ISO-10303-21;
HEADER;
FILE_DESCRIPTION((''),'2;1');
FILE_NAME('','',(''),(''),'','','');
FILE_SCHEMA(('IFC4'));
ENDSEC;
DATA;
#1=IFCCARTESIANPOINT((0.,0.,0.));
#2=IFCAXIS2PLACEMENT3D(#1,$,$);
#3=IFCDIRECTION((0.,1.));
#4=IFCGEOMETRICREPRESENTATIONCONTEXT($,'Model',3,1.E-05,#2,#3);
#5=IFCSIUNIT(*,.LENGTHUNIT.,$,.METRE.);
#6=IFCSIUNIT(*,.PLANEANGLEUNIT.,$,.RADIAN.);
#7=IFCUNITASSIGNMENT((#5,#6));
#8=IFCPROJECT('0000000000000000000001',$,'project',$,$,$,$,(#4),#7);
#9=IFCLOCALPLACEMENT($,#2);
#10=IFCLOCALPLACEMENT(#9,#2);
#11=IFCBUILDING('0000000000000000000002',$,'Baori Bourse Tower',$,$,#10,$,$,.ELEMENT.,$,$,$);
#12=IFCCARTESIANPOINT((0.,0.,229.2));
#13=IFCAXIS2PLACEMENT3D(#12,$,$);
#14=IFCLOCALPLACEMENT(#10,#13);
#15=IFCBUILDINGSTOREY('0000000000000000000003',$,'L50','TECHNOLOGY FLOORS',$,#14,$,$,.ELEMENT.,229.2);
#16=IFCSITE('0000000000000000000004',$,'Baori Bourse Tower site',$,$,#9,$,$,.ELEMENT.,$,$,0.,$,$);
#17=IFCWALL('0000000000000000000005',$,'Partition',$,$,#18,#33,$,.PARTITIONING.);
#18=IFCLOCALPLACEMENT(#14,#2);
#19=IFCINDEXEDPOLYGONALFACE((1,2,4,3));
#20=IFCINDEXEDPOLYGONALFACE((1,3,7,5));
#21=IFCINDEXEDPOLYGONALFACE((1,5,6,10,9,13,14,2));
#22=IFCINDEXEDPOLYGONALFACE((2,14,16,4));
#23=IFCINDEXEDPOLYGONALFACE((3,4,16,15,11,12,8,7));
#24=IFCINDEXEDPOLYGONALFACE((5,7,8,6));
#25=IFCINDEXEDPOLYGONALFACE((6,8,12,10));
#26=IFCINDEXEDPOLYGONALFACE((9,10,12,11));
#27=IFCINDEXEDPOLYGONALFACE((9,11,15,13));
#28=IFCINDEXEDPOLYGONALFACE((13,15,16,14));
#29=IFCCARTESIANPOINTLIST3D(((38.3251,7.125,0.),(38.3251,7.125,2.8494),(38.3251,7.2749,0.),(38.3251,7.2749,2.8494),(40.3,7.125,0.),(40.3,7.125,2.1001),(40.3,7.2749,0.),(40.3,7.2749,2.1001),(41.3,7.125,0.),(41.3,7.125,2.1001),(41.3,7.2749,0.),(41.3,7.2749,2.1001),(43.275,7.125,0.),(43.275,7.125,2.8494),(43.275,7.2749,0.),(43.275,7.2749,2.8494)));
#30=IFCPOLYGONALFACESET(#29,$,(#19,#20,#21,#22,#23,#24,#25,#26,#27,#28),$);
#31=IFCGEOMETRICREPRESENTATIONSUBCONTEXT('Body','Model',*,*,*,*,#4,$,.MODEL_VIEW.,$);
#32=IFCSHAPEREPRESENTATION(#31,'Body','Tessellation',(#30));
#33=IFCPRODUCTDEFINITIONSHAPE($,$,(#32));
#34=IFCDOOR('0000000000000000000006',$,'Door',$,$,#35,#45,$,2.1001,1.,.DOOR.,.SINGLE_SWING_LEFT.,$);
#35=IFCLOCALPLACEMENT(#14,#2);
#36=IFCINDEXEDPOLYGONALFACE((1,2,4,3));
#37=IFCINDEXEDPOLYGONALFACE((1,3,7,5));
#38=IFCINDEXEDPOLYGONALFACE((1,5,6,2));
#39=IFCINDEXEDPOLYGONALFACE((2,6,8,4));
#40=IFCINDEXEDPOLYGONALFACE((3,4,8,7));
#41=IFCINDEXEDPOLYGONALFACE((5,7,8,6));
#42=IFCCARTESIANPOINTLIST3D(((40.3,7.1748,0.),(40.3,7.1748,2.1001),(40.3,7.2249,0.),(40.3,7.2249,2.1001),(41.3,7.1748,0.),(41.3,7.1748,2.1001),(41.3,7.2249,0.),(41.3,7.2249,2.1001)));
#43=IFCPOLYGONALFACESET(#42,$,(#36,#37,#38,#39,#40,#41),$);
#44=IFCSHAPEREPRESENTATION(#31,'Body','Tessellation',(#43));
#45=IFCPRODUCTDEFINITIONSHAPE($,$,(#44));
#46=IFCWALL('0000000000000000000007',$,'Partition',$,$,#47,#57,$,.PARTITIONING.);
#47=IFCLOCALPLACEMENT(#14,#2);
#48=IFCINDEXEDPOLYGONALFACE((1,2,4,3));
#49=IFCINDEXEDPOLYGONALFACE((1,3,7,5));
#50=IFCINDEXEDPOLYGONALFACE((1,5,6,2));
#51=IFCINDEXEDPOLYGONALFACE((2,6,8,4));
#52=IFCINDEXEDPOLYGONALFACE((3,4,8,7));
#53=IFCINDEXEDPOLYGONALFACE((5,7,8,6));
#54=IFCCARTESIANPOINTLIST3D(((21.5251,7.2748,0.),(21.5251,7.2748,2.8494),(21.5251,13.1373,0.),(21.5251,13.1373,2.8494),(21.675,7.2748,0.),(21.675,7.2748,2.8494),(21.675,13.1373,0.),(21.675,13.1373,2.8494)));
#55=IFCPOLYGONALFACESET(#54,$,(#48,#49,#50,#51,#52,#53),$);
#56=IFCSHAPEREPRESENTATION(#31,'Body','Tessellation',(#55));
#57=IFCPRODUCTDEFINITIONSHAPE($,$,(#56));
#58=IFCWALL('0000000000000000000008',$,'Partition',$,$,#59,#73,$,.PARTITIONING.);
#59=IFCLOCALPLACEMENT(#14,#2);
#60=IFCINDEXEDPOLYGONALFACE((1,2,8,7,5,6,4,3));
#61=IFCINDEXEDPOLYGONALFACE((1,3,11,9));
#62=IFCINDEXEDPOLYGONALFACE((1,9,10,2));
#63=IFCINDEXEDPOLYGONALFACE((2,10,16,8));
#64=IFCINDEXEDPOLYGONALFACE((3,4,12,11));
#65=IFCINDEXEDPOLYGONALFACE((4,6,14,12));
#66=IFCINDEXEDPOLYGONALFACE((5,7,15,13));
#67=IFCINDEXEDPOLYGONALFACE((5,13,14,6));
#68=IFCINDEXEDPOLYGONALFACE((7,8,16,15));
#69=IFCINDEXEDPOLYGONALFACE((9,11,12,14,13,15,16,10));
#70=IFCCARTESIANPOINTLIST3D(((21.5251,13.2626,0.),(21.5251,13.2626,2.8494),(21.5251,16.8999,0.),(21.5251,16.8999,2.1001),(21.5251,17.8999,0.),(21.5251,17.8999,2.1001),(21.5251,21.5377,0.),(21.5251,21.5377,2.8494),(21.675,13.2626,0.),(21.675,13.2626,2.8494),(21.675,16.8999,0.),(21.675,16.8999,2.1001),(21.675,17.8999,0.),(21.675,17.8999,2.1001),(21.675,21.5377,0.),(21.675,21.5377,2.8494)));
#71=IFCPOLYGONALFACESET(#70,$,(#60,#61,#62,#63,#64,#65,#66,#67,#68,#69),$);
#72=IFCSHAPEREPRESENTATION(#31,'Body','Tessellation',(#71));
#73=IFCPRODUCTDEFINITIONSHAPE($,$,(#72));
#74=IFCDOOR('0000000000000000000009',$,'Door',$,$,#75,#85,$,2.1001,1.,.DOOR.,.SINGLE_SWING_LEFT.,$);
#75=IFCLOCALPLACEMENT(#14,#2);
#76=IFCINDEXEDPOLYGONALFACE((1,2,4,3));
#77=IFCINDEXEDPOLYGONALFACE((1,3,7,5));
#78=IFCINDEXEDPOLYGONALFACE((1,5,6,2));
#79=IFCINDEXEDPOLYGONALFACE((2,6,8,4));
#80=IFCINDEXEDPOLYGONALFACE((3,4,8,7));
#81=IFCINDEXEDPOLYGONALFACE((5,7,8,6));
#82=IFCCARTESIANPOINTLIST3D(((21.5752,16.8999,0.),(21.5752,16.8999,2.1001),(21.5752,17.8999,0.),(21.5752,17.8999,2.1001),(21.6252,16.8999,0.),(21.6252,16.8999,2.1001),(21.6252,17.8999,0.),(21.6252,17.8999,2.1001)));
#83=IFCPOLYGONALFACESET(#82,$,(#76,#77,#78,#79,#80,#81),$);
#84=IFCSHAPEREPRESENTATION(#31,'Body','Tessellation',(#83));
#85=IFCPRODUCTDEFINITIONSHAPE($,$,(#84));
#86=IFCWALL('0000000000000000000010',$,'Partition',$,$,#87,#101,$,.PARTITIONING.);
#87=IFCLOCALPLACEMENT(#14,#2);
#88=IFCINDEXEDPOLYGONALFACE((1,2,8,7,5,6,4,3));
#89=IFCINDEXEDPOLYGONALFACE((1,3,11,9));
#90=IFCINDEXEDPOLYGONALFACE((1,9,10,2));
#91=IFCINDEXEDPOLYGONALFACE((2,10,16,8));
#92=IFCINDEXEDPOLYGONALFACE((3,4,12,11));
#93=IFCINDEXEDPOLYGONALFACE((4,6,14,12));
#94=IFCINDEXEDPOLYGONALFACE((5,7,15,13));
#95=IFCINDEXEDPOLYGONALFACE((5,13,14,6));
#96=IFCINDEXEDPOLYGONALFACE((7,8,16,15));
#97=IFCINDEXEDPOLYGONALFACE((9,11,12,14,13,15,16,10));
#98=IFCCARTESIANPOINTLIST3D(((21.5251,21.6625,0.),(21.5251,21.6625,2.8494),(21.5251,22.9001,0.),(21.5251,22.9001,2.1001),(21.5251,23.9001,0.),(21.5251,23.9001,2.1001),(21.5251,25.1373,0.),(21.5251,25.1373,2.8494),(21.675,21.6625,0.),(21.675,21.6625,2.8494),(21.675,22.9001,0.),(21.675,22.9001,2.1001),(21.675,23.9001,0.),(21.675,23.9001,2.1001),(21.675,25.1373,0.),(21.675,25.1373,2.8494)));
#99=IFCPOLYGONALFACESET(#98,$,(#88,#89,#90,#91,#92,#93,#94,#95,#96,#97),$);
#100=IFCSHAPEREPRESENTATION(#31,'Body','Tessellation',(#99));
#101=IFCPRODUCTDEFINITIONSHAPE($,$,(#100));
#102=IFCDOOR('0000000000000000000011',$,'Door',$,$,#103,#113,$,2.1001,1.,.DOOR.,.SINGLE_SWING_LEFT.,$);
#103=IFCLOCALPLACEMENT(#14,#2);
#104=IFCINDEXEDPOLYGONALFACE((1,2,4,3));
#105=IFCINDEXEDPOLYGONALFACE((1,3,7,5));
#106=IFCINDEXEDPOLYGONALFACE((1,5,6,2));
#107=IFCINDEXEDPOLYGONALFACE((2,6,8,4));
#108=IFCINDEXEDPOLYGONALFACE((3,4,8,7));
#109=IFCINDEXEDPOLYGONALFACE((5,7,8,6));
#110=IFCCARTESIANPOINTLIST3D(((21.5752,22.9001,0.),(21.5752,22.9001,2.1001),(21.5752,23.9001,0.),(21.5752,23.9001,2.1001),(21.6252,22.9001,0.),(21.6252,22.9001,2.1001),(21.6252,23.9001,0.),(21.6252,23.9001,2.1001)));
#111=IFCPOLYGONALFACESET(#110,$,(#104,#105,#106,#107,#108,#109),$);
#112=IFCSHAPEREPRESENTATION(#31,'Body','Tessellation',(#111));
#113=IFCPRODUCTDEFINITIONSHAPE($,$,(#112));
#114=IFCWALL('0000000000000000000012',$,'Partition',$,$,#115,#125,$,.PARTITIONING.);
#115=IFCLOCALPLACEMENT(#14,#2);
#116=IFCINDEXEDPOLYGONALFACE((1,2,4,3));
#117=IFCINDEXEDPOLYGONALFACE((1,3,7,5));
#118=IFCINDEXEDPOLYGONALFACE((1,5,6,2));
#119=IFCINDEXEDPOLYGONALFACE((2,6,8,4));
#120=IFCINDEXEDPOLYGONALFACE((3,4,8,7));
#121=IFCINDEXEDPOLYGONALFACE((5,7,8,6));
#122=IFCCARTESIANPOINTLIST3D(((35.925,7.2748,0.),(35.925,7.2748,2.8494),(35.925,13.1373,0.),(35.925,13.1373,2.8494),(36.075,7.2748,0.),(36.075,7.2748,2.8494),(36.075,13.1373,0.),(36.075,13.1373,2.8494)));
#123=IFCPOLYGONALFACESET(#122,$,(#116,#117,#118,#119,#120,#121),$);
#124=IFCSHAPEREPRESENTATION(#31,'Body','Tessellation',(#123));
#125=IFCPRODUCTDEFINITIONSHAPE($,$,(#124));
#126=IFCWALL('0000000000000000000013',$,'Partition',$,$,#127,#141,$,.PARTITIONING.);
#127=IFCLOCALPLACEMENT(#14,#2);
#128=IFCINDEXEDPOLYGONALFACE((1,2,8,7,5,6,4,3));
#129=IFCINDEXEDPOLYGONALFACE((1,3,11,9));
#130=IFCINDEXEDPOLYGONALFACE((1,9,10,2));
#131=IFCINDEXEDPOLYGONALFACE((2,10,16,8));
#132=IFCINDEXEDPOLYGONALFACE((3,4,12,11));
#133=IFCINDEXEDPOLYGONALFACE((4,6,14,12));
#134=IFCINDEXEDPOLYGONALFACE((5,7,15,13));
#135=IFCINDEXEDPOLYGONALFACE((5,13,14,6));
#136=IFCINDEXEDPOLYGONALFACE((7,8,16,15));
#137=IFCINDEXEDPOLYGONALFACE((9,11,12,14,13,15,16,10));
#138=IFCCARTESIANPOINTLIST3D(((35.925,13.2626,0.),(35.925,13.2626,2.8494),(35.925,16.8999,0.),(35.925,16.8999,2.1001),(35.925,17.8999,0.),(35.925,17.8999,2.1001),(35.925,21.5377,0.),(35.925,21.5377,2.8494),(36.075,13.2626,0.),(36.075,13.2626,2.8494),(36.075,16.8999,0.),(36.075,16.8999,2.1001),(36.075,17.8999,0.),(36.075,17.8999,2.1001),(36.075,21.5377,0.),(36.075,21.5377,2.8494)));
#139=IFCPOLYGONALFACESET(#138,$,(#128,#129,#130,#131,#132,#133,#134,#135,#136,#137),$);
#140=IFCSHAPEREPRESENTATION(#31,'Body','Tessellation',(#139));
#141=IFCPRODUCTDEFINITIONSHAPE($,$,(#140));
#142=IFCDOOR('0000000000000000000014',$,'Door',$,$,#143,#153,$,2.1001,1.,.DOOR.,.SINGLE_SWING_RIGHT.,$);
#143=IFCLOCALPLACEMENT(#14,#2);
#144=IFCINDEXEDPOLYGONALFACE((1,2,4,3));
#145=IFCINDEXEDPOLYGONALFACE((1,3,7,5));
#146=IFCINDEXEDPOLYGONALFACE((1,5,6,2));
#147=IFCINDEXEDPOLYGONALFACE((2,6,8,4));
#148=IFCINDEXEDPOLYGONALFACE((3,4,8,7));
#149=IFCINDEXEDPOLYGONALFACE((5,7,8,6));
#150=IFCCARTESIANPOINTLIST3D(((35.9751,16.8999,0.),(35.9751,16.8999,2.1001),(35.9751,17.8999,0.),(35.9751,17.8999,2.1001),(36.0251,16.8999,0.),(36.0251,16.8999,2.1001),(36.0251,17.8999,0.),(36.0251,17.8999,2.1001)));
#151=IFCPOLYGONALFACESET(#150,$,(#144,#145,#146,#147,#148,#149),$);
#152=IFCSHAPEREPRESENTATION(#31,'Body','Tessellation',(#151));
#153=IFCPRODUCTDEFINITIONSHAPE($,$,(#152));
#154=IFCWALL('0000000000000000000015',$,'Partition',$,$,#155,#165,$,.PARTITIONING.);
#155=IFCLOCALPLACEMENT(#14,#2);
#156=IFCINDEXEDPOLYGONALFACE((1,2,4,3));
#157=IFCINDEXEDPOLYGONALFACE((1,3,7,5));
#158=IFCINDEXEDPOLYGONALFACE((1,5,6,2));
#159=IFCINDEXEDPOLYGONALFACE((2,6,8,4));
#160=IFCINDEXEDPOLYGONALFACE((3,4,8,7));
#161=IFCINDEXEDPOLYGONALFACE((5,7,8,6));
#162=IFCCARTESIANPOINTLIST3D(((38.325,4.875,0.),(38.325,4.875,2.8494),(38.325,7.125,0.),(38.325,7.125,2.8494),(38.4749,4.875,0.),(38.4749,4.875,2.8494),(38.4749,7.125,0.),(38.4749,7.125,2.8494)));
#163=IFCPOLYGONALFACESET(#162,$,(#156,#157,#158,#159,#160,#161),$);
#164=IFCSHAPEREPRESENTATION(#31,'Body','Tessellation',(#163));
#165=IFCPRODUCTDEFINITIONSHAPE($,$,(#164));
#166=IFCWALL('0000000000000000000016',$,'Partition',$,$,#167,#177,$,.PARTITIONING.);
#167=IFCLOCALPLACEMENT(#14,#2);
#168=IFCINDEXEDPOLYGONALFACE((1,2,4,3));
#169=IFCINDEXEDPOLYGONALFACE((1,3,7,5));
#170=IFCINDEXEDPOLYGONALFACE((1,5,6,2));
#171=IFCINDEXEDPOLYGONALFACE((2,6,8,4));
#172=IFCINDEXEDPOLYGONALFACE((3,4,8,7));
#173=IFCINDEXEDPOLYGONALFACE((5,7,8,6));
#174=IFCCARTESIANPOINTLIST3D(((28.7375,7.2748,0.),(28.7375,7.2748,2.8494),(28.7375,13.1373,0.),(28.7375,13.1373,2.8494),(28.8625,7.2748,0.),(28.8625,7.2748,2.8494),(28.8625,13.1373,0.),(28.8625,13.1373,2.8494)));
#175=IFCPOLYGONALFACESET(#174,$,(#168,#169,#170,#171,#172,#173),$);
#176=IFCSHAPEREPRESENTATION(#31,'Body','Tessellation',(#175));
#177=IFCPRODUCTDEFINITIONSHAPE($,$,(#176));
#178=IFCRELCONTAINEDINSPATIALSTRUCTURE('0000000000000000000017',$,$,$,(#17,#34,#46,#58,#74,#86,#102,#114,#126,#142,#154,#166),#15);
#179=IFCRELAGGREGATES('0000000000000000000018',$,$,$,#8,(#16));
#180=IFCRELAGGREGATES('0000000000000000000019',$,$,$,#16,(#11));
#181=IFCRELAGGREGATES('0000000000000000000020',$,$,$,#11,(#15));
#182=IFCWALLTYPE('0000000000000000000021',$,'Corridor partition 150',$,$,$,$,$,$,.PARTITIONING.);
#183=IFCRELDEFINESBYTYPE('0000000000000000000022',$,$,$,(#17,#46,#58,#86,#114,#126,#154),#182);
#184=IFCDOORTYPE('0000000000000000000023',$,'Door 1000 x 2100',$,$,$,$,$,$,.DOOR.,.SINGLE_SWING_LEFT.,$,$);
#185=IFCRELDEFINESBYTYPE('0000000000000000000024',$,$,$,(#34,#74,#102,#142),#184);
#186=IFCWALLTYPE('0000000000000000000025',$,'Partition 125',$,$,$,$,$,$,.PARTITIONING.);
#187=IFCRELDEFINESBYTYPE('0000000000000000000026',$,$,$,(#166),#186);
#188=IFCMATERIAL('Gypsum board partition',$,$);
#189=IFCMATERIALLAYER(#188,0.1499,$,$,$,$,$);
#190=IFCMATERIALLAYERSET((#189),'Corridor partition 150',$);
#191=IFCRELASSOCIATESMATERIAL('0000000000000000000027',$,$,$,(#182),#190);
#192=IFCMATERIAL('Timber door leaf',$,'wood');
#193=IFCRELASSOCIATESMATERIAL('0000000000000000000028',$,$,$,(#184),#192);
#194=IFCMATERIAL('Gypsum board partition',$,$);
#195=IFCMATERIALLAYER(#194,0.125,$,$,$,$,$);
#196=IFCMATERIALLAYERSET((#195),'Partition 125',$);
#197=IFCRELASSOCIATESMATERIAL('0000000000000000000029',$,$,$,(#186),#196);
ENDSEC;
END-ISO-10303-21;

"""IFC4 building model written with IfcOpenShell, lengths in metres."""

from ifc_helpers import new_model, si_unit, direction, frame, frame_2d, origin, place, context, subcontext, project, spatial, rectangle, extrude, material, layer, layer_set, type_object, element, fill, save


model = new_model("IFC4")

# Units and contexts
model_context = context("Model", 3, precision=1e-05, world=origin(), true_north=direction((0.0, 1.0)))
body_context = subcontext(model_context, "Body", "Model", "MODEL_VIEW")
ifc_project = project(units=[si_unit("LENGTHUNIT", "METRE"), si_unit("PLANEANGLEUNIT", "RADIAN")], contexts=[model_context])

# Site, building, storey
site_placement = place(None, origin())
site = spatial("IfcSite", under=ifc_project, at=site_placement, Name="Baori Bourse Tower site", CompositionType="ELEMENT", RefElevation=0.0)
building_placement = place(site_placement, origin())
building = spatial("IfcBuilding", under=site, at=building_placement, Name="Baori Bourse Tower", CompositionType="ELEMENT")
storey_placement = place(building_placement, frame((0.0, 0.0, 229.2)))
storey = spatial("IfcBuildingStorey", under=building, at=storey_placement, Name="L50", Description="TECHNOLOGY FLOORS", CompositionType="ELEMENT", Elevation=229.2)

# Wall, opening, door
ifc_material_1 = material(Name="Gypsum board partition")
ifc_layer_1 = layer(ifc_material_1, 0.1499)
ifc_layer_set_1 = layer_set([ifc_layer_1], Name="Corridor partition 150")
wall_type_1 = type_object("IfcWallType", Name="Corridor partition 150", PredefinedType="PARTITIONING", material=ifc_layer_set_1)
wall_1_placement = place(storey_placement, frame((38.325, 7.2, 0.0), z_axis=(0.0, 0.0, 1.0), x_axis=(1.0, 0.0, 0.0)))
wall_1 = element("IfcWall", 1, at=wall_1_placement, inside=storey, type_object=wall_type_1, Name="Partition", PredefinedType="PARTITIONING", context=body_context, shape_type="SweptSolid", body=[
    extrude(rectangle(XDim=4.95, YDim=0.1499, at=frame_2d((2.4751, 0.0))), origin(), (0.0, 0.0, 1.0), 2.8494),
])
opening_1_placement = place(wall_1_placement, frame((1.9751, 0.0, 0.0)))
opening_1 = element("IfcOpeningElement", 2, at=opening_1_placement, cuts=wall_1, PredefinedType="OPENING", context=body_context, shape_type="SweptSolid", body=[
    extrude(rectangle(XDim=1.0, YDim=2.1001, at=frame_2d((0.5, 1.05))), frame((0.0, 0.085, 0.0), z_axis=(0.0, -1.0, 0.0), x_axis=(1.0, 0.0, 0.0)), (0.0, 0.0, 1.0), 0.1699),
])
ifc_material_2 = material(Name="Timber door leaf", Category="wood")
door_type_1 = type_object("IfcDoorType", Name="Door 1000 x 2100", OperationType="SINGLE_SWING_LEFT", PredefinedType="DOOR", material=ifc_material_2)
door_1_placement = place(opening_1_placement, origin())
door_1 = element("IfcDoor", 3, at=door_1_placement, inside=storey, type_object=door_type_1, Name="Door", OperationType="SINGLE_SWING_LEFT", OverallHeight=2.1001, OverallWidth=1.0, PredefinedType="DOOR", context=body_context, shape_type="SweptSolid", body=[
    extrude(rectangle(XDim=1.0, YDim=2.1001, at=frame_2d((0.5, 1.05))), frame((0.0, 0.0249, 0.0), z_axis=(0.0, -1.0, 0.0), x_axis=(1.0, 0.0, 0.0)), (0.0, 0.0, 1.0), 0.05),
])
fill(opening_1, door_1)

# Wall
wall_2_placement = place(storey_placement, frame((21.6001, 7.2749, 0.0), z_axis=(0.0, 0.0, 1.0), x_axis=(0.0, 1.0, 0.0)))
element("IfcWall", 4, at=wall_2_placement, inside=storey, type_object=wall_type_1, Name="Partition", PredefinedType="PARTITIONING", context=body_context, shape_type="SweptSolid", body=[
    extrude(rectangle(XDim=5.8625, YDim=0.1499, at=frame_2d((2.9312, 0.0))), origin(), (0.0, 0.0, 1.0), 2.8494),
])

# Walls, openings, doors
wall_3_placement = place(storey_placement, frame((21.6001, 13.2625, 0.0), z_axis=(0.0, 0.0, 1.0), x_axis=(0.0, 1.0, 0.0)))
wall_3 = element("IfcWall", 5, at=wall_3_placement, inside=storey, type_object=wall_type_1, Name="Partition", PredefinedType="PARTITIONING", context=body_context, shape_type="SweptSolid", body=[
    extrude(rectangle(XDim=8.2751, YDim=0.1499, at=frame_2d((4.1377, 0.0))), origin(), (0.0, 0.0, 1.0), 2.8494),
])
opening_2_placement = place(wall_3_placement, frame((3.6375, 0.0, 0.0)))
opening_2 = element("IfcOpeningElement", 6, at=opening_2_placement, cuts=wall_3, PredefinedType="OPENING", context=body_context, shape_type="SweptSolid", body=[
    extrude(rectangle(XDim=1.0, YDim=2.1001, at=frame_2d((0.5, 1.05))), frame((0.0, 0.085, 0.0), z_axis=(0.0, -1.0, 0.0), x_axis=(1.0, 0.0, 0.0)), (0.0, 0.0, 1.0), 0.1699),
])
door_2_placement = place(opening_2_placement, origin())
door_2 = element("IfcDoor", 7, at=door_2_placement, inside=storey, type_object=door_type_1, Name="Door", OperationType="SINGLE_SWING_LEFT", OverallHeight=2.1001, OverallWidth=1.0, PredefinedType="DOOR", context=body_context, shape_type="SweptSolid", body=[
    extrude(rectangle(XDim=1.0, YDim=2.1001, at=frame_2d((0.5, 1.05))), frame((0.0, 0.0249, 0.0), z_axis=(0.0, -1.0, 0.0), x_axis=(1.0, 0.0, 0.0)), (0.0, 0.0, 1.0), 0.05),
])
fill(opening_2, door_2)
wall_4_placement = place(storey_placement, frame((21.6001, 21.6626, 0.0), z_axis=(0.0, 0.0, 1.0), x_axis=(0.0, 1.0, 0.0)))
wall_4 = element("IfcWall", 8, at=wall_4_placement, inside=storey, type_object=wall_type_1, Name="Partition", PredefinedType="PARTITIONING", context=body_context, shape_type="SweptSolid", body=[
    extrude(rectangle(XDim=3.4749, YDim=0.1499, at=frame_2d((1.7373, 0.0))), origin(), (0.0, 0.0, 1.0), 2.8494),
])
opening_3_placement = place(wall_4_placement, frame((1.2375, 0.0, 0.0)))
opening_3 = element("IfcOpeningElement", 9, at=opening_3_placement, cuts=wall_4, PredefinedType="OPENING", context=body_context, shape_type="SweptSolid", body=[
    extrude(rectangle(XDim=1.0, YDim=2.1001, at=frame_2d((0.5, 1.05))), frame((0.0, 0.085, 0.0), z_axis=(0.0, -1.0, 0.0), x_axis=(1.0, 0.0, 0.0)), (0.0, 0.0, 1.0), 0.1699),
])
door_3_placement = place(opening_3_placement, origin())
door_3 = element("IfcDoor", 10, at=door_3_placement, inside=storey, type_object=door_type_1, Name="Door", OperationType="SINGLE_SWING_LEFT", OverallHeight=2.1001, OverallWidth=1.0, PredefinedType="DOOR", context=body_context, shape_type="SweptSolid", body=[
    extrude(rectangle(XDim=1.0, YDim=2.1001, at=frame_2d((0.5, 1.05))), frame((0.0, 0.0249, 0.0), z_axis=(0.0, -1.0, 0.0), x_axis=(1.0, 0.0, 0.0)), (0.0, 0.0, 1.0), 0.05),
])
fill(opening_3, door_3)

# Wall
wall_5_placement = place(storey_placement, frame((36.0, 7.2749, 0.0), z_axis=(0.0, 0.0, 1.0), x_axis=(0.0, 1.0, 0.0)))
element("IfcWall", 11, at=wall_5_placement, inside=storey, type_object=wall_type_1, Name="Partition", PredefinedType="PARTITIONING", context=body_context, shape_type="SweptSolid", body=[
    extrude(rectangle(XDim=5.8625, YDim=0.1499, at=frame_2d((2.9312, 0.0))), origin(), (0.0, 0.0, 1.0), 2.8494),
])

# Wall, opening, door
wall_6_placement = place(storey_placement, frame((36.0, 13.2625, 0.0), z_axis=(0.0, 0.0, 1.0), x_axis=(0.0, 1.0, 0.0)))
wall_6 = element("IfcWall", 12, at=wall_6_placement, inside=storey, type_object=wall_type_1, Name="Partition", PredefinedType="PARTITIONING", context=body_context, shape_type="SweptSolid", body=[
    extrude(rectangle(XDim=8.2751, YDim=0.1499, at=frame_2d((4.1377, 0.0))), origin(), (0.0, 0.0, 1.0), 2.8494),
])
opening_4_placement = place(wall_6_placement, frame((3.6375, 0.0, 0.0)))
opening_4 = element("IfcOpeningElement", 13, at=opening_4_placement, cuts=wall_6, PredefinedType="OPENING", context=body_context, shape_type="SweptSolid", body=[
    extrude(rectangle(XDim=1.0, YDim=2.1001, at=frame_2d((0.5, 1.05))), frame((0.0, 0.085, 0.0), z_axis=(0.0, -1.0, 0.0), x_axis=(1.0, 0.0, 0.0)), (0.0, 0.0, 1.0), 0.1699),
])
door_4_placement = place(opening_4_placement, origin())
door_4 = element("IfcDoor", 14, at=door_4_placement, inside=storey, type_object=door_type_1, Name="Door", OperationType="SINGLE_SWING_RIGHT", OverallHeight=2.1001, OverallWidth=1.0, PredefinedType="DOOR", context=body_context, shape_type="SweptSolid", body=[
    extrude(rectangle(XDim=1.0, YDim=2.1001, at=frame_2d((0.5, 1.05))), frame((0.0, 0.0249, 0.0), z_axis=(0.0, -1.0, 0.0), x_axis=(1.0, 0.0, 0.0)), (0.0, 0.0, 1.0), 0.05),
])
fill(opening_4, door_4)

# Walls
wall_7_placement = place(storey_placement, frame((38.3999, 4.875, 0.0), z_axis=(0.0, 0.0, 1.0), x_axis=(0.0, 1.0, 0.0)))
element("IfcWall", 15, at=wall_7_placement, inside=storey, type_object=wall_type_1, Name="Partition", PredefinedType="PARTITIONING", context=body_context, shape_type="SweptSolid", body=[
    extrude(rectangle(XDim=2.25, YDim=0.1499, at=frame_2d((1.125, 0.0))), origin(), (0.0, 0.0, 1.0), 2.8494),
])
ifc_material_3 = material(Name="Gypsum board partition")
ifc_layer_2 = layer(ifc_material_3, 0.125)
ifc_layer_set_2 = layer_set([ifc_layer_2], Name="Partition 125")
wall_type_2 = type_object("IfcWallType", Name="Partition 125", PredefinedType="PARTITIONING", material=ifc_layer_set_2)
wall_8_placement = place(storey_placement, frame((28.8, 7.2749, 0.0), z_axis=(0.0, 0.0, 1.0), x_axis=(0.0, 1.0, 0.0)))
element("IfcWall", 16, at=wall_8_placement, inside=storey, type_object=wall_type_2, Name="Partition", PredefinedType="PARTITIONING", context=body_context, shape_type="SweptSolid", body=[
    extrude(rectangle(XDim=5.8625, YDim=0.125, at=frame_2d((2.9312, 0.0))), origin(), (0.0, 0.0, 1.0), 2.8494),
])

save(model, "model.ifc")
